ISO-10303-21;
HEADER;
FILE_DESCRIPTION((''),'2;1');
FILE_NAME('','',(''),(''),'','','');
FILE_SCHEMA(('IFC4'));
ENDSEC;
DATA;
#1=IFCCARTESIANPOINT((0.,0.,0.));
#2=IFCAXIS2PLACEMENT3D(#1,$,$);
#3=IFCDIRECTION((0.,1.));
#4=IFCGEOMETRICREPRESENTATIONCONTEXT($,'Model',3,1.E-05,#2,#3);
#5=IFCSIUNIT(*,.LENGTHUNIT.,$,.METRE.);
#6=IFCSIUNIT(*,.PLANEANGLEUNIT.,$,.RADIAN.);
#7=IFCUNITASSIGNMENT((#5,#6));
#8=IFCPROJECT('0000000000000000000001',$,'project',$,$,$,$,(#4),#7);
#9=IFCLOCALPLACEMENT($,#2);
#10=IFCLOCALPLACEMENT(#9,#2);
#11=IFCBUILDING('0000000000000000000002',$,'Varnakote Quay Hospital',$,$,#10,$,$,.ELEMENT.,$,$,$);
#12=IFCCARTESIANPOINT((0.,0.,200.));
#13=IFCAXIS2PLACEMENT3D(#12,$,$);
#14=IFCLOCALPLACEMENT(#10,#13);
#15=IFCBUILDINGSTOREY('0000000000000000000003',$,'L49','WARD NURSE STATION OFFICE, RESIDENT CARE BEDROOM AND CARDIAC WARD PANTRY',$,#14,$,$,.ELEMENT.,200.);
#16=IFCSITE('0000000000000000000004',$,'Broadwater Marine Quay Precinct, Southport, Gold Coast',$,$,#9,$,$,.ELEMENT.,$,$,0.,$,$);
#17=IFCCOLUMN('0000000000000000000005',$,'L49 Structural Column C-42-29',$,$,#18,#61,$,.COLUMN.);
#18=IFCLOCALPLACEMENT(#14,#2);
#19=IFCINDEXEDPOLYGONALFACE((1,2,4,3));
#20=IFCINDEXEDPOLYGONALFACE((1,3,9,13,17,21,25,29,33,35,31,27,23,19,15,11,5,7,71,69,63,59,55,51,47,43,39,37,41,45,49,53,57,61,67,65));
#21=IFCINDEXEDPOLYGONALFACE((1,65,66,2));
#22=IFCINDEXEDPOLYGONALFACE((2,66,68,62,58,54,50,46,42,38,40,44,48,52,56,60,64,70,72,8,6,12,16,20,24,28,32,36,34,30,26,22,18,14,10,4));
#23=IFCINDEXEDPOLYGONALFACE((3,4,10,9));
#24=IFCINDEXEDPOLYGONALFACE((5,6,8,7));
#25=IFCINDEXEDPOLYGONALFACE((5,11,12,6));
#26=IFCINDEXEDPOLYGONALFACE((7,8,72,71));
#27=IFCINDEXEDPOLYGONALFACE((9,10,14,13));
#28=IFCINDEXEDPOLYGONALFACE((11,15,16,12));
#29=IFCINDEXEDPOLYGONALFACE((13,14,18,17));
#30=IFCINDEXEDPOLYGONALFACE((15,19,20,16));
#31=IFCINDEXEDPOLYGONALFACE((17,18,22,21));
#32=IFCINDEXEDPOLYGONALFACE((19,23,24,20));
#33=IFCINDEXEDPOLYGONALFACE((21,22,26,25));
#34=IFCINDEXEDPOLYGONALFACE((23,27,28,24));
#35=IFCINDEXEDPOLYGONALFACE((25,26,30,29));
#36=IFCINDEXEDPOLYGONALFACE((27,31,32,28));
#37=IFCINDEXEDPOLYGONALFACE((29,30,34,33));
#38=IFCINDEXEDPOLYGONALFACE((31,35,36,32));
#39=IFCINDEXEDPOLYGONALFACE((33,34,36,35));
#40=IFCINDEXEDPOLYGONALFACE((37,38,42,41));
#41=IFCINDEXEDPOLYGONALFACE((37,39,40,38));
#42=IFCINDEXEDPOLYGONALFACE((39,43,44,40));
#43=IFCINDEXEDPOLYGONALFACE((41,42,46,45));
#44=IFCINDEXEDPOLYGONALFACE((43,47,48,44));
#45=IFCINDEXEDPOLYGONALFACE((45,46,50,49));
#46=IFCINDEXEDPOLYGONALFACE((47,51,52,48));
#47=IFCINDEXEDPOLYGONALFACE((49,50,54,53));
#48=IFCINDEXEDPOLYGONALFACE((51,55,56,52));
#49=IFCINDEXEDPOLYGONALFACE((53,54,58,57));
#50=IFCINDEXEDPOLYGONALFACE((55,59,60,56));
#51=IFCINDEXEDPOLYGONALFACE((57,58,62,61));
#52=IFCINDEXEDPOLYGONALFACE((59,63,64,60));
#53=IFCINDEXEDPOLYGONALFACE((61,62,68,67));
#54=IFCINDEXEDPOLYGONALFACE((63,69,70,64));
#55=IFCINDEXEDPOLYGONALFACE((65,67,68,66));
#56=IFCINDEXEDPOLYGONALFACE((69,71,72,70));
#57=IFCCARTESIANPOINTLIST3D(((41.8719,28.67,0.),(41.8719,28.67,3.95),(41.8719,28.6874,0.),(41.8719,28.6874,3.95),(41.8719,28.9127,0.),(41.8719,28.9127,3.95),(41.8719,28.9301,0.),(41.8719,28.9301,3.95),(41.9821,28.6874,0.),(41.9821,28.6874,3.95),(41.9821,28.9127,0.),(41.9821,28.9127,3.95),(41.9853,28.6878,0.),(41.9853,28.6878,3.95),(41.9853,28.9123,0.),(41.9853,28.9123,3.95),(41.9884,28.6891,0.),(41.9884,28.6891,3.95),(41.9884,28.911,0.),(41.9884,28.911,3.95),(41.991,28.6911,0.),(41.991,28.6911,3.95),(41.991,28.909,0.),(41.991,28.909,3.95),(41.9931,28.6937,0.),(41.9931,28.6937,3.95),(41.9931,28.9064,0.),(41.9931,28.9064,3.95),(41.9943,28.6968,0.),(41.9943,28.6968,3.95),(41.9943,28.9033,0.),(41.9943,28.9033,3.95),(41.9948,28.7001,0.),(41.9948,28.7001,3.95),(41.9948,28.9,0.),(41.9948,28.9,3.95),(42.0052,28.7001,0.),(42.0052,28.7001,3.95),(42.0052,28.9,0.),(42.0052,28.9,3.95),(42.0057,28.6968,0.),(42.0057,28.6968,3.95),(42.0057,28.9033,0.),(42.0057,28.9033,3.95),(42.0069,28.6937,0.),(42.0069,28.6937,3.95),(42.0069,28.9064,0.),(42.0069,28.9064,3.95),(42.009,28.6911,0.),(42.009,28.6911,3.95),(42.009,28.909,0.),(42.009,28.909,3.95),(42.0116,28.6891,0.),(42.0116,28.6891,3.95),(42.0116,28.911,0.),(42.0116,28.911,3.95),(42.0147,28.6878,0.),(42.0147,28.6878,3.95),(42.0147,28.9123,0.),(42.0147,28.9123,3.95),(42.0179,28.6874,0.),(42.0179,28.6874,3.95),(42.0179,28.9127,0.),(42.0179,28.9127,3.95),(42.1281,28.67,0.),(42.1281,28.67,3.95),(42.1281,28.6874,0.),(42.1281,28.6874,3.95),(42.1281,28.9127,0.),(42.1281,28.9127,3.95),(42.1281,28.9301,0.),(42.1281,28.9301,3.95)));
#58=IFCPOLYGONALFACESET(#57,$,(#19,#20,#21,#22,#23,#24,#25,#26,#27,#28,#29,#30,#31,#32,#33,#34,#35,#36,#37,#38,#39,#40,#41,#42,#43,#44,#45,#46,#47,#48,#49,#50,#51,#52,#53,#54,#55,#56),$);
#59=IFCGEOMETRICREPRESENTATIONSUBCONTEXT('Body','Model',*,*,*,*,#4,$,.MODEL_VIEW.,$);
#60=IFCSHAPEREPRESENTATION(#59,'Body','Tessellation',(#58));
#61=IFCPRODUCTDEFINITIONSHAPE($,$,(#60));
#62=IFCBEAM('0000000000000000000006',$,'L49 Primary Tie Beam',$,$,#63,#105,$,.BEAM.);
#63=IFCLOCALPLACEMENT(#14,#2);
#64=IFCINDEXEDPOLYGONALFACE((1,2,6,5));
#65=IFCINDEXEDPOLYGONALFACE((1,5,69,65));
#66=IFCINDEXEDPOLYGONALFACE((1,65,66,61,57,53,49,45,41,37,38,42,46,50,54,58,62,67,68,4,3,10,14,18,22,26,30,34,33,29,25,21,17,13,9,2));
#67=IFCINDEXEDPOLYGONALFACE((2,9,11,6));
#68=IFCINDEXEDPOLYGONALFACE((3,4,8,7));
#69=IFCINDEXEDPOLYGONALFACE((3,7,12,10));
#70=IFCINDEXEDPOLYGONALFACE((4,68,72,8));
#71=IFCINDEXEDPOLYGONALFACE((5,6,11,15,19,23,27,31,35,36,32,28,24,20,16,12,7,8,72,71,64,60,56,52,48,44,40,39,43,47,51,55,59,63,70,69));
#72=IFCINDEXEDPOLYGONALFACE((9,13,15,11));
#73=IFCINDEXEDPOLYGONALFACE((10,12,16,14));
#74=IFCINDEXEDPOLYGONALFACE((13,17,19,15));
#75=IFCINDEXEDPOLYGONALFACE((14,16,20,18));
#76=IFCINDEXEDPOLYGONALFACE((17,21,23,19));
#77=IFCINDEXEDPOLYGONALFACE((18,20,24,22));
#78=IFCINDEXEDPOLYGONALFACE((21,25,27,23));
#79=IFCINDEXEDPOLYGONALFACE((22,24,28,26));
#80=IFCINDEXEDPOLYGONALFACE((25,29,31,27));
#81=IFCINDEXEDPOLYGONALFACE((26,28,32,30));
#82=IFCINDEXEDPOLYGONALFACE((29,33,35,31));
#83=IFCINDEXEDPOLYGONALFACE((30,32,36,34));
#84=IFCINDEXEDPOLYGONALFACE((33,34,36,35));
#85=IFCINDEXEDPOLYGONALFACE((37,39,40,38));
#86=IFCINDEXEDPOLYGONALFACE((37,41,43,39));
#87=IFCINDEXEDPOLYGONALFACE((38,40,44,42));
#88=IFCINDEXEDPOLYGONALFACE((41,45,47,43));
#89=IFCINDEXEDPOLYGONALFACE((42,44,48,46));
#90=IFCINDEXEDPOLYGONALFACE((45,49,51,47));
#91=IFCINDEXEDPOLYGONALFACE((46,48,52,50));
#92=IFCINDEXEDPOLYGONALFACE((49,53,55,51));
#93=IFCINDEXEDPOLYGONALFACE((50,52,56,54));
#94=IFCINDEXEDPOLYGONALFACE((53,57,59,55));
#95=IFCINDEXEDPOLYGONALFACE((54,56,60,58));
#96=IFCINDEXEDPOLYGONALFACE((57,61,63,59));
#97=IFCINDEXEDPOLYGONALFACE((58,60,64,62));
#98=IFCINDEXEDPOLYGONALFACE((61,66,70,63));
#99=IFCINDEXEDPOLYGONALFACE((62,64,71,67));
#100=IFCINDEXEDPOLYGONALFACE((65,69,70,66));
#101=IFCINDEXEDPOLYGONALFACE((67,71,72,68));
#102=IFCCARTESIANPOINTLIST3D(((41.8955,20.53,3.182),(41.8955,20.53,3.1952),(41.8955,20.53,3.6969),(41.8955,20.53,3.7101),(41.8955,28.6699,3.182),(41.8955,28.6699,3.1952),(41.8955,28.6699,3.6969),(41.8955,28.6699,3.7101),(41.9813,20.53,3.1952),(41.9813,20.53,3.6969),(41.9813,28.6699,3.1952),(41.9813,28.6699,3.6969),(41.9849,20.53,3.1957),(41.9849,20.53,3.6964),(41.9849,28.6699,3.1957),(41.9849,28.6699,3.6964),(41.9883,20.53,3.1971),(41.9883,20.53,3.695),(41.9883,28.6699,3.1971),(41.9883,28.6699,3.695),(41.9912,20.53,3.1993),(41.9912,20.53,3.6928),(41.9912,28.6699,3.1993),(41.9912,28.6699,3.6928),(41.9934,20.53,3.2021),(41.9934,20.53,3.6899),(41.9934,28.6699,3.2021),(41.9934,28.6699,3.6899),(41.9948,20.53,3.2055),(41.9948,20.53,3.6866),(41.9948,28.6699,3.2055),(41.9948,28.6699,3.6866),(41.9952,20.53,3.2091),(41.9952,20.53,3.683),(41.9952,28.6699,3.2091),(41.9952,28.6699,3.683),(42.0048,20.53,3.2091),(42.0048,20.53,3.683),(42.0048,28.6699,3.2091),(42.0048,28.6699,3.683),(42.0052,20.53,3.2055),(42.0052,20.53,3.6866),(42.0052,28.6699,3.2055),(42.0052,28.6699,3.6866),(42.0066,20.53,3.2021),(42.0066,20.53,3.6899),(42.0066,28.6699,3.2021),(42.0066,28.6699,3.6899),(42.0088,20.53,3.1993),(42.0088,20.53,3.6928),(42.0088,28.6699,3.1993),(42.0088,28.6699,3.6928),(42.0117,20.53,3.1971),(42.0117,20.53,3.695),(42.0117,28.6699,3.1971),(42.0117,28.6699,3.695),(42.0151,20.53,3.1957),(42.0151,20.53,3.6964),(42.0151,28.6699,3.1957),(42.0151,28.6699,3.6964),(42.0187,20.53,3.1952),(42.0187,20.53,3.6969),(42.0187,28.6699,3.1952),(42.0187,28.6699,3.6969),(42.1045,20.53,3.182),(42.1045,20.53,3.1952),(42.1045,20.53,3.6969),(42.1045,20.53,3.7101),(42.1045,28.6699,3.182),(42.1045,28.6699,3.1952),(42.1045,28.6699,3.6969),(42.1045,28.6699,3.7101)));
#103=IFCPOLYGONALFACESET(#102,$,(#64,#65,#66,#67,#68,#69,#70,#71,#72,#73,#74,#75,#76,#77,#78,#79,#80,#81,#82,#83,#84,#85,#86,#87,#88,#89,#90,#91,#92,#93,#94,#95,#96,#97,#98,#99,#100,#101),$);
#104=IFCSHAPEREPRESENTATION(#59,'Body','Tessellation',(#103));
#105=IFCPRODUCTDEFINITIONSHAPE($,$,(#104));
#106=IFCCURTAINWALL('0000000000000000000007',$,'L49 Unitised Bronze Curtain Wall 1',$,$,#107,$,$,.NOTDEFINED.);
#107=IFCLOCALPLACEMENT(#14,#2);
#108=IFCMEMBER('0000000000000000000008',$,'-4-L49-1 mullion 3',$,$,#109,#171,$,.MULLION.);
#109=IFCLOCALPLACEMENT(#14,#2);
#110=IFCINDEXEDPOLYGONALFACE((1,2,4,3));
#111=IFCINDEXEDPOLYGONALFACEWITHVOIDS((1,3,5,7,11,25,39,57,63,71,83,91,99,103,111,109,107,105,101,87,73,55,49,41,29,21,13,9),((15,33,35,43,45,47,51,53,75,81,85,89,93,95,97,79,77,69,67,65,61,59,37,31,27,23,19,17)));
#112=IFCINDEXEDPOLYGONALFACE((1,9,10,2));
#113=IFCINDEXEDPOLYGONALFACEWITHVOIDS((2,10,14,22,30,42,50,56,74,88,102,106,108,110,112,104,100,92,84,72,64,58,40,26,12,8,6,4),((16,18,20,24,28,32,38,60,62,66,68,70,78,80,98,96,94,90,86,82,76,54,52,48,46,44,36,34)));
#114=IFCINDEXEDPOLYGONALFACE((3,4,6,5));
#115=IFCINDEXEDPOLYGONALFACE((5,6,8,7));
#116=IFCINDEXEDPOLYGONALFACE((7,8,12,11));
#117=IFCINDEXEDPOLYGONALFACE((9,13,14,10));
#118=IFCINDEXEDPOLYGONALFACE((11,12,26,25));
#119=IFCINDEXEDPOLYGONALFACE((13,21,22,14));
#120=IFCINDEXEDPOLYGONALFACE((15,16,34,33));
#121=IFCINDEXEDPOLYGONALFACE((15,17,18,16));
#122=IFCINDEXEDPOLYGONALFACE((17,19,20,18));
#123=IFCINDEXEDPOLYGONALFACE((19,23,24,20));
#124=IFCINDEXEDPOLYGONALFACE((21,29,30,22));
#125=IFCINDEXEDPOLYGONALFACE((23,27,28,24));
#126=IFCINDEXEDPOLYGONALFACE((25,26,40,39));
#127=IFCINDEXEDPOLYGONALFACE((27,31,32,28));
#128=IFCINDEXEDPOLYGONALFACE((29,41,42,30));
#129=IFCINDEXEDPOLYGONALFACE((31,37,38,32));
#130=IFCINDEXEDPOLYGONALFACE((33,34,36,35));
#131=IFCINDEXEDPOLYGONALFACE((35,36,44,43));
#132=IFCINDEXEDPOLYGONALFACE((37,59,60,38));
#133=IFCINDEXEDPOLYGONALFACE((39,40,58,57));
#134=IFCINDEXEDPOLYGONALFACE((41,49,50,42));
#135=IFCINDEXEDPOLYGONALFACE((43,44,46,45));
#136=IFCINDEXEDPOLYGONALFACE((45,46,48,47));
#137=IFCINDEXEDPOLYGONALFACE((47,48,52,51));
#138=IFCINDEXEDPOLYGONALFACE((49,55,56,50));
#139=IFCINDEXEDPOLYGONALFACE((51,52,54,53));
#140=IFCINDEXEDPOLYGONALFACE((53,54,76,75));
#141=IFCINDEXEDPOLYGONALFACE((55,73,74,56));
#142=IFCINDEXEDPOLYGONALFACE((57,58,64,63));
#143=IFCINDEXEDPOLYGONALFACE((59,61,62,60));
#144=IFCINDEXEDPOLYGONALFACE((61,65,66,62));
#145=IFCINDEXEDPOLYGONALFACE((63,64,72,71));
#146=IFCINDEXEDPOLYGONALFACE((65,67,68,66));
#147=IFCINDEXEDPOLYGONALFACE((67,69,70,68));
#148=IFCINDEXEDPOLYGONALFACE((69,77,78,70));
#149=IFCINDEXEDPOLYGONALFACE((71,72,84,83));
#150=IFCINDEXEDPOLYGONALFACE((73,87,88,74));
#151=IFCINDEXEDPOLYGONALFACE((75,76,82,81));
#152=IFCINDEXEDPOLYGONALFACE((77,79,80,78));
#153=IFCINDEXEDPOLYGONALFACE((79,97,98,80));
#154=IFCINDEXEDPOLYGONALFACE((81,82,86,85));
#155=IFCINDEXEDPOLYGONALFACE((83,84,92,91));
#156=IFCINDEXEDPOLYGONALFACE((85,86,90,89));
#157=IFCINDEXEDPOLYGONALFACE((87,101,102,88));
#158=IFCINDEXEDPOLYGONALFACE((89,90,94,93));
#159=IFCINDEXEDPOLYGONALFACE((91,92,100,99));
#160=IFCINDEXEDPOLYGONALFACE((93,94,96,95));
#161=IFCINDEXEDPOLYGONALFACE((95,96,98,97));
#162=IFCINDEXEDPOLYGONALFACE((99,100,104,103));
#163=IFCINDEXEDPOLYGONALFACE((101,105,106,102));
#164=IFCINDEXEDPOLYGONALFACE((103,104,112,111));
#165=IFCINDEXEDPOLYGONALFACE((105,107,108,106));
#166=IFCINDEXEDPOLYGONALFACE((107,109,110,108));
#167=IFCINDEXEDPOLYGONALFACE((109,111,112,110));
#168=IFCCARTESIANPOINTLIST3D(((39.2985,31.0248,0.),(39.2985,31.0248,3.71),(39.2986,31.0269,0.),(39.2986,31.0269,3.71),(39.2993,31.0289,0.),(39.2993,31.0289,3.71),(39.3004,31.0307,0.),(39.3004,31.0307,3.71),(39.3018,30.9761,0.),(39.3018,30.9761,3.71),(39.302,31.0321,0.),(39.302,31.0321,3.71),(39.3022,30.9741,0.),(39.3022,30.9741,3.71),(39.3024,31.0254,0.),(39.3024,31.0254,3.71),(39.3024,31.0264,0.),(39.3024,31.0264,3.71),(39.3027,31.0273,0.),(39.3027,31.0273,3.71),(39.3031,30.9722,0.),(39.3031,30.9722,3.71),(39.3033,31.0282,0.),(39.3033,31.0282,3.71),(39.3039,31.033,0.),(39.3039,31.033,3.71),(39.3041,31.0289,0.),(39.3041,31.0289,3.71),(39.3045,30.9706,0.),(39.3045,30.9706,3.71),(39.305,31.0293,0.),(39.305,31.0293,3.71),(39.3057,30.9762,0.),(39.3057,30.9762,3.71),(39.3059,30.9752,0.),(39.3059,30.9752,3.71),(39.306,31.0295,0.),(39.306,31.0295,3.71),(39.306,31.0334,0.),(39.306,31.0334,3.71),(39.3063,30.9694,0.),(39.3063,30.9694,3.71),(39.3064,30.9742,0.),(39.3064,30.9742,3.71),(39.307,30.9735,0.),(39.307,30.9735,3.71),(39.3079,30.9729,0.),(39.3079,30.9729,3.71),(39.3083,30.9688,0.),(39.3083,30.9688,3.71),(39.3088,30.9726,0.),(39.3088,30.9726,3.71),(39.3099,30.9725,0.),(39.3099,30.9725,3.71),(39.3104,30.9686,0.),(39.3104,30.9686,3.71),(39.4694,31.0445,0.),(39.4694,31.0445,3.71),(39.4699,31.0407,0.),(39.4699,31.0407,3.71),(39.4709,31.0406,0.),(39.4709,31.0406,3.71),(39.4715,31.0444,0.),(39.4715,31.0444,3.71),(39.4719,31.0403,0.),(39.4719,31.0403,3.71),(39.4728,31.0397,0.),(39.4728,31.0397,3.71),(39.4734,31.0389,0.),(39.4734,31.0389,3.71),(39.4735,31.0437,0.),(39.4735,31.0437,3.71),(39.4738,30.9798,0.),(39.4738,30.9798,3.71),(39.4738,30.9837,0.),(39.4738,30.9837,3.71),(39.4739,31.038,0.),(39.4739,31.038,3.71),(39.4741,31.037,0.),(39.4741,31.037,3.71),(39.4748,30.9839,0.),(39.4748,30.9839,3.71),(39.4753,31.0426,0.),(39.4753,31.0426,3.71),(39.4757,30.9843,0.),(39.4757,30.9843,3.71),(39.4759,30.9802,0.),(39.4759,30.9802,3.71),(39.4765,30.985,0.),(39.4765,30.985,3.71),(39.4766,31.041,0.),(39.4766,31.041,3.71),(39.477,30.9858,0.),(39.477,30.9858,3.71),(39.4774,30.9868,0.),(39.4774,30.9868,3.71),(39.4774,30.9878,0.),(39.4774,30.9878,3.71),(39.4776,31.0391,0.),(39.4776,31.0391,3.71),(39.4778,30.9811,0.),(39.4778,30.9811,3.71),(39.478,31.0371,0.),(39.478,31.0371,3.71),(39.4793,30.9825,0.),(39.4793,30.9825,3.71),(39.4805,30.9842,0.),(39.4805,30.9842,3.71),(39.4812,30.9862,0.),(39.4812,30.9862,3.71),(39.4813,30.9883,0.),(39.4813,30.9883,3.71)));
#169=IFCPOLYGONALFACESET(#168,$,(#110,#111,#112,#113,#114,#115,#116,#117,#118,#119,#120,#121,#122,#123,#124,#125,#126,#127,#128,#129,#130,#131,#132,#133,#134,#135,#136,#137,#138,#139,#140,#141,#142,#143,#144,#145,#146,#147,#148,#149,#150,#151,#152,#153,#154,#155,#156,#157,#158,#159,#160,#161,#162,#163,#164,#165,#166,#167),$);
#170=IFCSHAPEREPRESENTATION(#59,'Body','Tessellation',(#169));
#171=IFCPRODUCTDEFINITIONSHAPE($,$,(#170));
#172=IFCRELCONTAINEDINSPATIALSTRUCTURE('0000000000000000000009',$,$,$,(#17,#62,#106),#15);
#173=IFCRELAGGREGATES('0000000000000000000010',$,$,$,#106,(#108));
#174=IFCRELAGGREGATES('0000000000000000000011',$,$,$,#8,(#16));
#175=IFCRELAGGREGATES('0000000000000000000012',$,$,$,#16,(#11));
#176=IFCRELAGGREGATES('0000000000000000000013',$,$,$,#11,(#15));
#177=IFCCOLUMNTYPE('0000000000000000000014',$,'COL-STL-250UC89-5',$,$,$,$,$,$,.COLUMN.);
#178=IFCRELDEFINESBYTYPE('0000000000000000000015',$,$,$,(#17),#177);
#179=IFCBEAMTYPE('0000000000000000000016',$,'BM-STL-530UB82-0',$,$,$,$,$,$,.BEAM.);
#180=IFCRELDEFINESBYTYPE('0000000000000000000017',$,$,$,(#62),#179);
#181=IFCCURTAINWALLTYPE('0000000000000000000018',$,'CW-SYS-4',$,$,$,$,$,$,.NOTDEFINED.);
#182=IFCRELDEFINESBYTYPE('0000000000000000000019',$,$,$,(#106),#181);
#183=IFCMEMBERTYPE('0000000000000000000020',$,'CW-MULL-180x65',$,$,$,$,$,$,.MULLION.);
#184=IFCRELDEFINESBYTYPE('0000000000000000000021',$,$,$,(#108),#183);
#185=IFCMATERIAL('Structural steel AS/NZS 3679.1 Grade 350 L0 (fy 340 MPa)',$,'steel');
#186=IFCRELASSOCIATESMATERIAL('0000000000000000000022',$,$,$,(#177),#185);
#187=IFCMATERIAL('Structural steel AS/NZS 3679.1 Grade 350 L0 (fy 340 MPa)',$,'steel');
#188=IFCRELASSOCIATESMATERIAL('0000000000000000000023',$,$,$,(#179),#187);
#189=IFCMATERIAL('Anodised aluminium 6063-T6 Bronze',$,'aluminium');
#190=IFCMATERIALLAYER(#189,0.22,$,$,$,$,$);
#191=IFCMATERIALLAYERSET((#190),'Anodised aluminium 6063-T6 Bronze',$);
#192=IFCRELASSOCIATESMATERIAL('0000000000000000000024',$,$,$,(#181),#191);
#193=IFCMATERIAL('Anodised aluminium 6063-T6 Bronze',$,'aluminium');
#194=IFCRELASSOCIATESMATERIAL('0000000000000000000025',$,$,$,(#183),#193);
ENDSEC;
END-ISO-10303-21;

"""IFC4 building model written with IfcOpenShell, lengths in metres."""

from ifc_helpers import new_model, si_unit, direction, frame, origin, origin_2d, place, context, subcontext, project, spatial, hollow_rectangle, i_section, extrude, material, layer, layer_set, material_profile, profile_set, type_object, element, aggregate, save


model = new_model("IFC4")

# Units and contexts
model_context = context("Model", 3, precision=1e-05, world=origin(), true_north=direction((0.0, 1.0)))
body_context = subcontext(model_context, "Body", "Model", "MODEL_VIEW")
ifc_project = project(units=[si_unit("LENGTHUNIT", "METRE"), si_unit("PLANEANGLEUNIT", "RADIAN")], contexts=[model_context])

# Site, building, storey
site_placement = place(None, origin())
site = spatial("IfcSite", under=ifc_project, at=site_placement, Name="Broadwater Marine Quay Precinct, Southport, Gold Coast", CompositionType="ELEMENT", RefElevation=0.0)
building_placement = place(site_placement, origin())
building = spatial("IfcBuilding", under=site, at=building_placement, Name="Varnakote Quay Hospital", CompositionType="ELEMENT")
storey_placement = place(building_placement, frame((0.0, 0.0, 200.0)))
storey = spatial("IfcBuildingStorey", under=building, at=storey_placement, Name="L49", Description="WARD NURSE STATION OFFICE, RESIDENT CARE BEDROOM AND CARDIAC WARD PANTRY", CompositionType="ELEMENT", Elevation=200.0)

# Column
ifc_material_1 = material(Name="Structural steel AS/NZS 3679.1 Grade 350 L0 (fy 340 MPa)", Category="steel")
ifc_material_profile_1 = material_profile(ifc_material_1, i_section(OverallWidth=0.2561, OverallDepth=0.26, WebThickness=0.0105, FlangeThickness=0.0173, FilletRadius=0.0127, at=origin_2d()), Name="250UC89.5")
ifc_profile_set_1 = profile_set([ifc_material_profile_1], Name="Structural steel AS/NZS 3679.1 Grade 350 L0 (fy 340 MPa)")
column_type = type_object("IfcColumnType", Name="COL-STL-250UC89-5", PredefinedType="COLUMN", material=ifc_profile_set_1)
column_placement = place(storey_placement, frame((42.0, 28.8, 0.0), z_axis=(0.0, 0.0, 1.0), x_axis=(1.0, 0.0, 0.0)))
element("IfcColumn", 1, at=column_placement, inside=storey, type_object=column_type, Name="L49 Structural Column C-42-29", PredefinedType="COLUMN", context=body_context, shape_type="SweptSolid", body=[
    extrude(i_section(OverallWidth=0.2561, OverallDepth=0.26, WebThickness=0.0105, FlangeThickness=0.0173, FilletRadius=0.0127, at=origin_2d()), origin(), (0.0, 0.0, 1.0), 3.95),
])

# Beam
ifc_material_2 = material(Name="Structural steel AS/NZS 3679.1 Grade 350 L0 (fy 340 MPa)", Category="steel")
ifc_material_profile_2 = material_profile(ifc_material_2, i_section(OverallWidth=0.209, OverallDepth=0.5281, WebThickness=0.0095, FlangeThickness=0.0132, FilletRadius=0.0139, at=origin_2d()), Name="530UB82.0")
ifc_profile_set_2 = profile_set([ifc_material_profile_2], Name="Structural steel AS/NZS 3679.1 Grade 350 L0 (fy 340 MPa)")
beam_type = type_object("IfcBeamType", Name="BM-STL-530UB82-0", PredefinedType="BEAM", material=ifc_profile_set_2)
beam_placement = place(storey_placement, frame((42.0, 20.53, 3.446), z_axis=(0.0, 1.0, 0.0), x_axis=(-1.0, 0.0, 0.0)))
element("IfcBeam", 2, at=beam_placement, inside=storey, type_object=beam_type, Name="L49 Primary Tie Beam", PredefinedType="BEAM", context=body_context, shape_type="SweptSolid", body=[
    extrude(i_section(OverallWidth=0.209, OverallDepth=0.5281, WebThickness=0.0095, FlangeThickness=0.0132, FilletRadius=0.0139, at=origin_2d()), origin(), (0.0, 0.0, 1.0), 8.1399),
])

# Curtain wall, member
ifc_material_3 = material(Name="Anodised aluminium 6063-T6 Bronze", Category="aluminium")
ifc_layer_1 = layer(ifc_material_3, 0.22)
ifc_layer_set_1 = layer_set([ifc_layer_1], Name="Anodised aluminium 6063-T6 Bronze")
curtain_wall_type = type_object("IfcCurtainWallType", Name="CW-SYS-4", PredefinedType="NOTDEFINED", material=ifc_layer_set_1)
curtain_wall_placement = place(storey_placement, origin())
curtain_wall = element("IfcCurtainWall", 3, at=curtain_wall_placement, inside=storey, type_object=curtain_wall_type, Name="L49 Unitised Bronze Curtain Wall 1", PredefinedType="NOTDEFINED")
ifc_material_4 = material(Name="Anodised aluminium 6063-T6 Bronze", Category="aluminium")
ifc_material_profile_3 = material_profile(ifc_material_4, hollow_rectangle(XDim=0.0649, YDim=0.1799, WallThickness=0.0039, InnerFilletRadius=0.0039, OuterFilletRadius=0.0081, at=origin_2d()), Name="CW-MULL-180x65")
ifc_profile_set_3 = profile_set([ifc_material_profile_3], Name="Anodised aluminium 6063-T6 Bronze")
member_type_1 = type_object("IfcMemberType", Name="CW-MULL-180x65", PredefinedType="MULLION", material=ifc_profile_set_3)
member_1_placement = place(storey_placement, frame((39.3899, 31.0066, 0.0), z_axis=(0.0, 0.0, 1.0), x_axis=(0.067842, -0.997696, 0.0)))
member_1 = element("IfcMember", 4, at=member_1_placement, type_object=member_type_1, Name="-4-L49-1 mullion 3", PredefinedType="MULLION", context=body_context, shape_type="SweptSolid", body=[
    extrude(hollow_rectangle(XDim=0.0649, YDim=0.1799, WallThickness=0.0039, InnerFilletRadius=0.0039, OuterFilletRadius=0.0081, at=origin_2d()), origin(), (0.0, 0.0, 1.0), 3.71),
])
aggregate(curtain_wall, [member_1])

save(model, "model.ifc")
